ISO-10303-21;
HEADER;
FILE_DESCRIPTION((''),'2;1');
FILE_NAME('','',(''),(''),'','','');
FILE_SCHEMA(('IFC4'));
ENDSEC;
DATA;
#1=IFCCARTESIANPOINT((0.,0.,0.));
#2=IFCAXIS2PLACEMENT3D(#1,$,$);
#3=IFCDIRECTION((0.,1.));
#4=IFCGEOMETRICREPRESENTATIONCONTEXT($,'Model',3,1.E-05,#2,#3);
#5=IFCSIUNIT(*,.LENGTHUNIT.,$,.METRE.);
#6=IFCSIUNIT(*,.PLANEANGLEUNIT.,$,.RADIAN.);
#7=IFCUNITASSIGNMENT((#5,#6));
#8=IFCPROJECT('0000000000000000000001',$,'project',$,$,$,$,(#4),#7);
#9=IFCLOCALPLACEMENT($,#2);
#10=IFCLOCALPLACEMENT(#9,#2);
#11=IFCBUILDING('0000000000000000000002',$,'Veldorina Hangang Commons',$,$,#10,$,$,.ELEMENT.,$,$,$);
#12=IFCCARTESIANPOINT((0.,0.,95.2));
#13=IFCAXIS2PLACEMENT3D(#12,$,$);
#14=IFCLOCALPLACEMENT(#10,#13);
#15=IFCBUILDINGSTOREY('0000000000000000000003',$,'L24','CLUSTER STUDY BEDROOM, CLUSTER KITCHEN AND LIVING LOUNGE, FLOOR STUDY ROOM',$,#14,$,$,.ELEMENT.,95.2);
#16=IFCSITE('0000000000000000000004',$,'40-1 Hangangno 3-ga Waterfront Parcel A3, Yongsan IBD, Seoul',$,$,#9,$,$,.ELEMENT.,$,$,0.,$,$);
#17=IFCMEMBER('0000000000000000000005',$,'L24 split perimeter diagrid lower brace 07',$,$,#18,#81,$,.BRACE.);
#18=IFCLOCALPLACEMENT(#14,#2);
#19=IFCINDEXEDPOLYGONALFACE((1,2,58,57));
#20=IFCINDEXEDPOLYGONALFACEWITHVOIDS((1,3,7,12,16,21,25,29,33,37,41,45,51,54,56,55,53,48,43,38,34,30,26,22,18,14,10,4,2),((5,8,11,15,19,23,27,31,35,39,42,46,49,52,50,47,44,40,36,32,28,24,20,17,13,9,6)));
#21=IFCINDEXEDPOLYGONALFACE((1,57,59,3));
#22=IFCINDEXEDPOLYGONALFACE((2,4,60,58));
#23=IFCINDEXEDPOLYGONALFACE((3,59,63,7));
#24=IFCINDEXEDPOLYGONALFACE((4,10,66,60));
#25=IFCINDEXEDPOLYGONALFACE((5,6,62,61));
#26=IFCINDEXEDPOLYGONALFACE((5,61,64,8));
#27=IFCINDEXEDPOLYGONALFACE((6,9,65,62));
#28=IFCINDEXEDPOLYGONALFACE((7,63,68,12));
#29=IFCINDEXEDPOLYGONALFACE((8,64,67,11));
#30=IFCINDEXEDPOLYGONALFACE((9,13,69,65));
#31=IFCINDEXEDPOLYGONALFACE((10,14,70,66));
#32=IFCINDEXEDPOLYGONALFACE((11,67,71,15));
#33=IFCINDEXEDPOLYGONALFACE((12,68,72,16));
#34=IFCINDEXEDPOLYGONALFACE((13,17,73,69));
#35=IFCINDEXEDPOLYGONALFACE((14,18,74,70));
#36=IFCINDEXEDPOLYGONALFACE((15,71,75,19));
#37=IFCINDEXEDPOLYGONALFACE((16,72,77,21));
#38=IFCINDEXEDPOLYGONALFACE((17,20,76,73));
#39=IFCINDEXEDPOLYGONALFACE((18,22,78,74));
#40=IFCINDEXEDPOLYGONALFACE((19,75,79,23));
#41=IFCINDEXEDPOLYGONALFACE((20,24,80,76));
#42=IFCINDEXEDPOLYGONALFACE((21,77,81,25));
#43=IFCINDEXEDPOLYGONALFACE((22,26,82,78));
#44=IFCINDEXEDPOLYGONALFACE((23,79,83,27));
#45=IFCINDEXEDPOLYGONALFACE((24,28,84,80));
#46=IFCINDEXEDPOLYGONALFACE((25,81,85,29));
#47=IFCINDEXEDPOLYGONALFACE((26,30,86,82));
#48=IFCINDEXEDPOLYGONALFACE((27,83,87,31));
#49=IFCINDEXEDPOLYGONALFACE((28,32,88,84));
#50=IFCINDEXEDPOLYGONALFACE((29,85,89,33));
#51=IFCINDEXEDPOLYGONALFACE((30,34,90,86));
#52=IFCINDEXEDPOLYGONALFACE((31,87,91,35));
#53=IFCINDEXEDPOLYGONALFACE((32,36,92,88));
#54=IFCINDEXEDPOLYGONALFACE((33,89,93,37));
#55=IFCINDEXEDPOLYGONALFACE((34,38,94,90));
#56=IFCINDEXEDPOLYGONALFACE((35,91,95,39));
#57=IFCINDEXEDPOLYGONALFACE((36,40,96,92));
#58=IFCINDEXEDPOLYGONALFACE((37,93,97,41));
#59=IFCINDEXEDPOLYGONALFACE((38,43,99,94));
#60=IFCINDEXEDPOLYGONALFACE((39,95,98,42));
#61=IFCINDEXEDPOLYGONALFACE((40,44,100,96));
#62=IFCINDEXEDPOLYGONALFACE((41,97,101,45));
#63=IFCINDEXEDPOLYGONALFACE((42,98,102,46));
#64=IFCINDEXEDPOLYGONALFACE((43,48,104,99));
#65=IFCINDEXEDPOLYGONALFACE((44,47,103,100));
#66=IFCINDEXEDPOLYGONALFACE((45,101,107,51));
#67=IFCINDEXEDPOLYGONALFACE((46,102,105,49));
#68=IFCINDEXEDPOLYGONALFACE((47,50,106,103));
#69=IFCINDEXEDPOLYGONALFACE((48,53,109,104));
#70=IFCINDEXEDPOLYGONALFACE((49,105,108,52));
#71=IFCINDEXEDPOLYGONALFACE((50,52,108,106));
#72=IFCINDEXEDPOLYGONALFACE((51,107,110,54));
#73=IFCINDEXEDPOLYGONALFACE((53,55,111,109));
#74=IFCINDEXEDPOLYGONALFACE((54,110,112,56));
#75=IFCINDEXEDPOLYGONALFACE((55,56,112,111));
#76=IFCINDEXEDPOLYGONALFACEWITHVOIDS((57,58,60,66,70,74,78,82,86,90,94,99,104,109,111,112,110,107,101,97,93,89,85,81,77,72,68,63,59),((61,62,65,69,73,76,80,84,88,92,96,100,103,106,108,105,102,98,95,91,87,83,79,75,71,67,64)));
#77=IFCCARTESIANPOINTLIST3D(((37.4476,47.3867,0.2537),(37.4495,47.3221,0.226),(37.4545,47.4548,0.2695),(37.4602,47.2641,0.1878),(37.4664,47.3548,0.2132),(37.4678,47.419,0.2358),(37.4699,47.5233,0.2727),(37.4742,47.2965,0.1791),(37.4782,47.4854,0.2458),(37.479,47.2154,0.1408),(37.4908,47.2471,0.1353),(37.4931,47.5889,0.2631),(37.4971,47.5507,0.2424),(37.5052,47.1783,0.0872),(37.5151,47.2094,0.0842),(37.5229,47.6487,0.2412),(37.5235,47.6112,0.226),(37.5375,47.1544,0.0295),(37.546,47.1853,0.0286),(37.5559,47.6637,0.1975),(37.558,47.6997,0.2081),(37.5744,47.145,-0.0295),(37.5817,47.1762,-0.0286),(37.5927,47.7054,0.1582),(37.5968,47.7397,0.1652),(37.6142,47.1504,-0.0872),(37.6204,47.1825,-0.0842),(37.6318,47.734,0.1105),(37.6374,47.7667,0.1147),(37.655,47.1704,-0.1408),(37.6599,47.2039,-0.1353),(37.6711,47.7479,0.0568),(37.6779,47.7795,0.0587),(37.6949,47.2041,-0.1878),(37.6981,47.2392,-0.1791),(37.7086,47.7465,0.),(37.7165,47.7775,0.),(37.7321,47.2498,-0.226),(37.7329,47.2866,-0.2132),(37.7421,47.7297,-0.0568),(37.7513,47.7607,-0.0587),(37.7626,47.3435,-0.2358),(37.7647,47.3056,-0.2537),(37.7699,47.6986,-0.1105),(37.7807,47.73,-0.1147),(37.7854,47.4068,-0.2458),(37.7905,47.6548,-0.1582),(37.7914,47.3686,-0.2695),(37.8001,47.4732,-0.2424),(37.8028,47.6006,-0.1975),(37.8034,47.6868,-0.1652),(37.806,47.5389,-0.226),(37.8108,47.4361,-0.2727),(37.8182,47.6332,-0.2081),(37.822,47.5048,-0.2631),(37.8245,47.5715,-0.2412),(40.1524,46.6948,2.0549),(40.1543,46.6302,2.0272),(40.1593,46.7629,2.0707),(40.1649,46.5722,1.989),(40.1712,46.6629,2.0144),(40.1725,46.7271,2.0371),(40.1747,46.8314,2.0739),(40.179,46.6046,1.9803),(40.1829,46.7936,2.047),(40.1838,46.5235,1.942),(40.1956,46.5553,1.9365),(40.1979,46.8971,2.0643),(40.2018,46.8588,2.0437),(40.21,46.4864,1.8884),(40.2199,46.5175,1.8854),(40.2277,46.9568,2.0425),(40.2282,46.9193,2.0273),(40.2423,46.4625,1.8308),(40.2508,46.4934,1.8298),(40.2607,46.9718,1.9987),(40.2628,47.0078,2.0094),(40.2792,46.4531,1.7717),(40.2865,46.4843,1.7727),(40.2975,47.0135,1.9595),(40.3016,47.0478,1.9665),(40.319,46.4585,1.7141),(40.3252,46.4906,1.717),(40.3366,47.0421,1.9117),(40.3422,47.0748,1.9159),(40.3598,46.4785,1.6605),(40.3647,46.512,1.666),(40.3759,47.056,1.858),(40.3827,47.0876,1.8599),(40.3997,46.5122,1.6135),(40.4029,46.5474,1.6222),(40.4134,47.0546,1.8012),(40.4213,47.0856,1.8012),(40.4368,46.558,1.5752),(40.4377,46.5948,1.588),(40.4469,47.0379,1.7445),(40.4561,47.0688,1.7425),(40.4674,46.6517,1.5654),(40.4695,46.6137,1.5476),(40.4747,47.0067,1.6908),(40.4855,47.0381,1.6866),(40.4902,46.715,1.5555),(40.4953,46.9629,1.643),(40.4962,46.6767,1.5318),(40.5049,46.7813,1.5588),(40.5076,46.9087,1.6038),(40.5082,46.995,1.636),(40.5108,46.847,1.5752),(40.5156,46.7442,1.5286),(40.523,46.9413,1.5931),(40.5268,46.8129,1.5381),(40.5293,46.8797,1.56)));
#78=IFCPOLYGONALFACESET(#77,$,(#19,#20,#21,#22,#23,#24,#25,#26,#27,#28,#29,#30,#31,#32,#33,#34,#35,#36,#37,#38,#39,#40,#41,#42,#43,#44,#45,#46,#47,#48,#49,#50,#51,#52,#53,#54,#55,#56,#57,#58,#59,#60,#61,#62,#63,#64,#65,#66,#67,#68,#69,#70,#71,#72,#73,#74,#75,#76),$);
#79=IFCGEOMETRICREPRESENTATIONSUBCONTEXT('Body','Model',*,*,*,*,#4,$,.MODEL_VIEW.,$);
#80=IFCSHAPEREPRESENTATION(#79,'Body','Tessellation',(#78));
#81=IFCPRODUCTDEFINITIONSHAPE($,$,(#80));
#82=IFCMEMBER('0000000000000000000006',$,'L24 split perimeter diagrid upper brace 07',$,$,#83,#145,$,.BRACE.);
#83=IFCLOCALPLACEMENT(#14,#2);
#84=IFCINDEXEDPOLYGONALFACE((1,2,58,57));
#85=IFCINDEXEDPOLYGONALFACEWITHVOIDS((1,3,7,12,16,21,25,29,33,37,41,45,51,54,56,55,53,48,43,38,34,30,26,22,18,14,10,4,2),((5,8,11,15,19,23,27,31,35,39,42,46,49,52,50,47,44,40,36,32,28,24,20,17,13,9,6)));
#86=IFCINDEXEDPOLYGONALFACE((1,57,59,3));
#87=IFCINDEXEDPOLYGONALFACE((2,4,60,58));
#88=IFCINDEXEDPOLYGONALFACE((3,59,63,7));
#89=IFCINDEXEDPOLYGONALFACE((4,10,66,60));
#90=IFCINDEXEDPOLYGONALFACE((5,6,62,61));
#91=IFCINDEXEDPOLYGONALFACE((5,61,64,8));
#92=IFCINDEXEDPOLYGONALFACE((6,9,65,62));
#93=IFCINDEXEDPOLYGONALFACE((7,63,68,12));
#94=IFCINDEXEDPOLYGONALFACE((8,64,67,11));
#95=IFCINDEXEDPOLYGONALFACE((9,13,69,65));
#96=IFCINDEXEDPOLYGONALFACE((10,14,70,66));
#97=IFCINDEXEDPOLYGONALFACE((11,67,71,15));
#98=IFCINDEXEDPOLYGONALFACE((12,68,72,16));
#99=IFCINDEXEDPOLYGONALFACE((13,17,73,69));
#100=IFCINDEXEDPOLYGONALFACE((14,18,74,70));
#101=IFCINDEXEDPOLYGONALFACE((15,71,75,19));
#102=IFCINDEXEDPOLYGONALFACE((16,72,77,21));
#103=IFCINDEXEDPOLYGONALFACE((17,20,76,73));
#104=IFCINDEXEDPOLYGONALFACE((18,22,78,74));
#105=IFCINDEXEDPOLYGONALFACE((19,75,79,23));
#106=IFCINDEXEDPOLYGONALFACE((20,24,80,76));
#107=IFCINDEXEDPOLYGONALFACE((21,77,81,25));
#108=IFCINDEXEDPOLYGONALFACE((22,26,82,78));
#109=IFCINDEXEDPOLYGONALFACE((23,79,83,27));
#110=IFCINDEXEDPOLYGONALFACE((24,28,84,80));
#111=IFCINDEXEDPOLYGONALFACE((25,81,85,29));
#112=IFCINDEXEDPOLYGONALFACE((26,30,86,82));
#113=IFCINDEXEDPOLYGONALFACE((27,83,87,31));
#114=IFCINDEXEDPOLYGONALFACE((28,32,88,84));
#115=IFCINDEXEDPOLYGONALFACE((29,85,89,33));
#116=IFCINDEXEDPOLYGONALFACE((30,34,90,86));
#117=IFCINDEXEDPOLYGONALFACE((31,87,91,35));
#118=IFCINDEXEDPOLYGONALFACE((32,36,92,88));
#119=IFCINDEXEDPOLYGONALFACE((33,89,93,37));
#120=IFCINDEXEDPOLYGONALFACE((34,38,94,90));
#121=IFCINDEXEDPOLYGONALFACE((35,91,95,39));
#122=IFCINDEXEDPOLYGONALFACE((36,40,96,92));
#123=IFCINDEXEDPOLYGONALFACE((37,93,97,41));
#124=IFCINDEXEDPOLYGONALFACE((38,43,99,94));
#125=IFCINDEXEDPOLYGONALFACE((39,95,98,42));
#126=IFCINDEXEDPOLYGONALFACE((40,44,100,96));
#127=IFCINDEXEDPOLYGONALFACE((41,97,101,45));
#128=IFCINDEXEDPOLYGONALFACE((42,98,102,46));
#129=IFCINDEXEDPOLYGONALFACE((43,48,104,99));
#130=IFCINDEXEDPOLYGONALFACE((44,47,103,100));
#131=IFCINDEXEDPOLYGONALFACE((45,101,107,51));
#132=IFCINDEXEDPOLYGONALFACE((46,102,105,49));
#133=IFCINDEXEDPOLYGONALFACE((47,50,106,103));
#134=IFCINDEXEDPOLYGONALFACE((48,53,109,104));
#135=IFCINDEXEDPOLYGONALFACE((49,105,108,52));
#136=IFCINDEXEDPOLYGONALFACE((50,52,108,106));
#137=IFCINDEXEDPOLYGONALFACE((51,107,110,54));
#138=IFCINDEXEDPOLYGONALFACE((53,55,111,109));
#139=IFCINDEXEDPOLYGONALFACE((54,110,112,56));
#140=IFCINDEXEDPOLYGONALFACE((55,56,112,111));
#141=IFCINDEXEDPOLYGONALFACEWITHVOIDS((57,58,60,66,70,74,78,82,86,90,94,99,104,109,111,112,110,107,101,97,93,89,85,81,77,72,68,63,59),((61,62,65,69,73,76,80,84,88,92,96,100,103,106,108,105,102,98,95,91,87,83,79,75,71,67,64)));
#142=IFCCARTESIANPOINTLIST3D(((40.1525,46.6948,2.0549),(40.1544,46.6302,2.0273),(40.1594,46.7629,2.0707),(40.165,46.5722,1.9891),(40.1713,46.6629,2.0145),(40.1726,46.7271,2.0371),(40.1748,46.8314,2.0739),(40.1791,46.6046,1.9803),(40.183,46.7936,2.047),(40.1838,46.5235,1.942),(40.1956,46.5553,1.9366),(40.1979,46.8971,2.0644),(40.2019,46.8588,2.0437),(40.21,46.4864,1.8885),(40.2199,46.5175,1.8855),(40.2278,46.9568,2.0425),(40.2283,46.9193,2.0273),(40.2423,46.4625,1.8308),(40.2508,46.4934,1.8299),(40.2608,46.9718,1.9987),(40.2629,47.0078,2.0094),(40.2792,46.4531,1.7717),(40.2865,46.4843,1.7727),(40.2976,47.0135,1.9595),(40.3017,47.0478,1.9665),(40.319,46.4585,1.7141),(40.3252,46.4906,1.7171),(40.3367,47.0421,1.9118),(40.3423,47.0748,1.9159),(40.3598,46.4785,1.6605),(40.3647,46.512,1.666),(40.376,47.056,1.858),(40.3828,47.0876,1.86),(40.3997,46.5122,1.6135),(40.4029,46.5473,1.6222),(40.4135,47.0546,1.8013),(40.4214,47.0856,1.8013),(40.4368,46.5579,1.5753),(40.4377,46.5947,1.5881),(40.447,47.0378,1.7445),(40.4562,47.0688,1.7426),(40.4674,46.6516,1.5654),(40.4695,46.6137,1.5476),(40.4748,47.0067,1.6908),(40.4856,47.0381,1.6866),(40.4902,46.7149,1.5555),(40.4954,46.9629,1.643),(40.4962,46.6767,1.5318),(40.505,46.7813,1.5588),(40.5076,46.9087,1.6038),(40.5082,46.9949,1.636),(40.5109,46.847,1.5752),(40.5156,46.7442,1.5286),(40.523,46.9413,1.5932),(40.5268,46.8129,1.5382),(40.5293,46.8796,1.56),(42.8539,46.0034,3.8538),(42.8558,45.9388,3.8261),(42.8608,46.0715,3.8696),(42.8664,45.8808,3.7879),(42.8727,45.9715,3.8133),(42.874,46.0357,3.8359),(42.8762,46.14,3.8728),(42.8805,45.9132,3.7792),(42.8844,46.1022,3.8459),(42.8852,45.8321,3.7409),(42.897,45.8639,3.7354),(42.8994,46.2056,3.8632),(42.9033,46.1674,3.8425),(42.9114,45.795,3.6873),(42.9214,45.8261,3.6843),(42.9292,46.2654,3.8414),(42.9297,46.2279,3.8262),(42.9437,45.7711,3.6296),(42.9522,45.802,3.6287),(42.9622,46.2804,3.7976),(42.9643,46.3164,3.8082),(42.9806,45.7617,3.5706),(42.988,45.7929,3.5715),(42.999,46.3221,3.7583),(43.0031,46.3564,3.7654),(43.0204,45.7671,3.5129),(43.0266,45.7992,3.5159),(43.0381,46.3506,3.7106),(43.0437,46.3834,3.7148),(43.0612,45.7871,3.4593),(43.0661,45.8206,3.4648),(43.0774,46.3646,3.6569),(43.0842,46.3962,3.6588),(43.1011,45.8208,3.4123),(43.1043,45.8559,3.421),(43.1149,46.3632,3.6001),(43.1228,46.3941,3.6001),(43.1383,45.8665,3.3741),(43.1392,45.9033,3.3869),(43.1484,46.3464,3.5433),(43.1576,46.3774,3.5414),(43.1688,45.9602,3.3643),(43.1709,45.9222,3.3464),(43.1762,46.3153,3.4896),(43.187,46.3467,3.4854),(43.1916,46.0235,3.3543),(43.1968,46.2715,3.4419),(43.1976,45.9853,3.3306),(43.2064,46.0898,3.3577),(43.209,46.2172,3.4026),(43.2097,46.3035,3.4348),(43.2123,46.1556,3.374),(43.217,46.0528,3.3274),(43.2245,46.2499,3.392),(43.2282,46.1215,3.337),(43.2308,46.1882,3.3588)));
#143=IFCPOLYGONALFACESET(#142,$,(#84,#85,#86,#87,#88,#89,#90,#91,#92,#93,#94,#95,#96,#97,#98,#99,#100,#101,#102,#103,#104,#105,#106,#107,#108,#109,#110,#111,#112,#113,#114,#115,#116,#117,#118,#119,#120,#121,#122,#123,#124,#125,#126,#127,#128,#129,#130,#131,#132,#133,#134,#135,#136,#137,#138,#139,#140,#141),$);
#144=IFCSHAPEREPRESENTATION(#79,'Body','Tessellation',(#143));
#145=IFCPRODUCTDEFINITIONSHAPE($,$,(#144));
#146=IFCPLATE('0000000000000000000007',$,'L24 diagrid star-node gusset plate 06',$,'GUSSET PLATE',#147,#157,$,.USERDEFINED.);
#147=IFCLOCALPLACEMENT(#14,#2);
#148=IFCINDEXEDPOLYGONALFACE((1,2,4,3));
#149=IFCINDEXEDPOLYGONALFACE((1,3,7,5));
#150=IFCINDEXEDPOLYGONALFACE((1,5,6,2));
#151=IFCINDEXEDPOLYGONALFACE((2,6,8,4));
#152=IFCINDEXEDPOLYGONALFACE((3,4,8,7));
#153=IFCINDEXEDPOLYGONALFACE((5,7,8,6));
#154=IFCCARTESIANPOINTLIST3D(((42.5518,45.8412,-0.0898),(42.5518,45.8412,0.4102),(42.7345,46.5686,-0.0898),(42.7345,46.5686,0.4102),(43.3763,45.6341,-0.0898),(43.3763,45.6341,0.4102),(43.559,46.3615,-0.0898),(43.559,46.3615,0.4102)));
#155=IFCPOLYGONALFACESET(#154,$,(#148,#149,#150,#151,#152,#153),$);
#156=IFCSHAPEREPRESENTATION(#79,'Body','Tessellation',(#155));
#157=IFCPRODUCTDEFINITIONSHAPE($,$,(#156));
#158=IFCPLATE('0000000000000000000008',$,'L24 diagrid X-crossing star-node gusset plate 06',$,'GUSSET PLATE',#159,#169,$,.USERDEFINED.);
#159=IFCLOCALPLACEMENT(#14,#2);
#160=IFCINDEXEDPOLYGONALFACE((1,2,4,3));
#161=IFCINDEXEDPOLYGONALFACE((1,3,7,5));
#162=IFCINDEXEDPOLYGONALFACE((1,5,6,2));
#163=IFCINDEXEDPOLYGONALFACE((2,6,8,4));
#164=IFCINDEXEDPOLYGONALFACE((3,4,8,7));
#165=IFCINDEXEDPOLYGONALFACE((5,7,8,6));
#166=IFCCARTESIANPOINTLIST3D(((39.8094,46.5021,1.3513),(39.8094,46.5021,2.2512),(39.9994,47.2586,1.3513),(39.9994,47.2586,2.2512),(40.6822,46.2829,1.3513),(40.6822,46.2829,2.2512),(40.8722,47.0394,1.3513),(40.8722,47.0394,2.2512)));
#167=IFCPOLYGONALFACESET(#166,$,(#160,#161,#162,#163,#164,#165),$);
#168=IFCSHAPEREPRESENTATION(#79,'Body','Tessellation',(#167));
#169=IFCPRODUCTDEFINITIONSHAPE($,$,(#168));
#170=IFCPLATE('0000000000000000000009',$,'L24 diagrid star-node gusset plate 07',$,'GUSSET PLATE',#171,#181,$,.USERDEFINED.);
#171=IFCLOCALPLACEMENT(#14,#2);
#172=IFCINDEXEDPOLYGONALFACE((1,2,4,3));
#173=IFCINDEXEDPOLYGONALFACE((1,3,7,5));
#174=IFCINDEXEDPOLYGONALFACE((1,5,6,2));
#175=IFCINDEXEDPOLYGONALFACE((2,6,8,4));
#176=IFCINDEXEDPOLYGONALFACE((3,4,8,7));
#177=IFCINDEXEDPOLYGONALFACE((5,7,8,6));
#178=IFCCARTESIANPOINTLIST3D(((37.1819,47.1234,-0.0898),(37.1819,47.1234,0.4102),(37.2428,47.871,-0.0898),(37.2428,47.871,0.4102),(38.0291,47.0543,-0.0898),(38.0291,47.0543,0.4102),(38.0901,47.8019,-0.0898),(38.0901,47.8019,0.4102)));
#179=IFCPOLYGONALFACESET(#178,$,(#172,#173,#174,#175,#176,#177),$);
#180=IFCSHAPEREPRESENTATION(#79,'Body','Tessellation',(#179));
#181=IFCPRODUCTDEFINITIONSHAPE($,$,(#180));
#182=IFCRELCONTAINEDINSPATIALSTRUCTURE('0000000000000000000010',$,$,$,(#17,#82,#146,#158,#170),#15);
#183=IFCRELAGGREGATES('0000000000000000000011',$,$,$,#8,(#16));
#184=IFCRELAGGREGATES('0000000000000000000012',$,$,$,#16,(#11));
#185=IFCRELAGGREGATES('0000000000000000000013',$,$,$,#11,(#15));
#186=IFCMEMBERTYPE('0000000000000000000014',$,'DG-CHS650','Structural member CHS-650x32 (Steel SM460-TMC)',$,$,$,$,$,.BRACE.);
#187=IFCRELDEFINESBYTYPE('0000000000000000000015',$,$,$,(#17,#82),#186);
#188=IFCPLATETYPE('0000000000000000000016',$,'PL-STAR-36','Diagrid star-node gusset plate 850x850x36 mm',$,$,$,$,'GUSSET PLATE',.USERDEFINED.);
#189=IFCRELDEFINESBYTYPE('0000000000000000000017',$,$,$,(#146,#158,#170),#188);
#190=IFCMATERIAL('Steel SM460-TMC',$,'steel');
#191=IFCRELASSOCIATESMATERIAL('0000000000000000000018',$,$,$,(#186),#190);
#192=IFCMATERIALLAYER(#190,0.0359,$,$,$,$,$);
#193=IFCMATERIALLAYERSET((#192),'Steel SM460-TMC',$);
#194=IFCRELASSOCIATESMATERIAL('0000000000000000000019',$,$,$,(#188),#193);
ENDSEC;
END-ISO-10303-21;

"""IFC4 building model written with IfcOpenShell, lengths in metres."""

from ifc_helpers import new_model, si_unit, direction, frame, origin, origin_2d, place, context, subcontext, project, spatial, rectangle, hollow_circle, extrude, material, layer, layer_set, material_profile, profile_set, type_object, element, save


model = new_model("IFC4")

# Units and contexts
model_context = context("Model", 3, precision=1e-05, world=origin(), true_north=direction((0.0, 1.0)))
body_context = subcontext(model_context, "Body", "Model", "MODEL_VIEW")
ifc_project = project(units=[si_unit("LENGTHUNIT", "METRE"), si_unit("PLANEANGLEUNIT", "RADIAN")], contexts=[model_context])

# Site, building, storey
site_placement = place(None, origin())
site = spatial("IfcSite", under=ifc_project, at=site_placement, Name="40-1 Hangangno 3-ga Waterfront Parcel A3, Yongsan IBD, Seoul", CompositionType="ELEMENT", RefElevation=0.0)
building_placement = place(site_placement, origin())
building = spatial("IfcBuilding", under=site, at=building_placement, Name="Veldorina Hangang Commons", CompositionType="ELEMENT")
storey_placement = place(building_placement, frame((0.0, 0.0, 95.2)))
storey = spatial("IfcBuildingStorey", under=building, at=storey_placement, Name="L24", Description="CLUSTER STUDY BEDROOM, CLUSTER KITCHEN AND LIVING LOUNGE, FLOOR STUDY ROOM", CompositionType="ELEMENT", Elevation=95.2)

# Members
ifc_material_1 = material(Name="Steel SM460-TMC", Category="steel")
ifc_material_profile_1 = material_profile(ifc_material_1, hollow_circle(Radius=0.325, WallThickness=0.032, at=origin_2d()), Name="CHS-650x32")
ifc_profile_set_1 = profile_set([ifc_material_profile_1], Name="Steel SM460-TMC")
member_type = type_object("IfcMemberType", Name="DG-CHS650", Description="Structural member CHS-650x32 (Steel SM460-TMC)", PredefinedType="BRACE", material=ifc_profile_set_1)
member_1_placement = place(storey_placement, frame((37.636, 47.4626, 0.0), z_axis=(0.814081, -0.208241, 0.542133), x_axis=(0.24782, 0.968806, 0.0)))
element("IfcMember", 1, at=member_1_placement, inside=storey, type_object=member_type, Name="L24 split perimeter diagrid lower brace 07", PredefinedType="BRACE", context=body_context, shape_type="SweptSolid", body=[
    extrude(hollow_circle(Radius=0.325, WallThickness=0.032, at=origin_2d()), origin(), (0.0, 0.0, 1.0), 3.3225),
])
member_2_placement = place(storey_placement, frame((40.3408, 46.7708, 1.8013), z_axis=(0.814083, -0.208358, 0.542084), x_axis=(0.24795, 0.968773, 0.0)))
element("IfcMember", 2, at=member_2_placement, inside=storey, type_object=member_type, Name="L24 split perimeter diagrid upper brace 07", PredefinedType="BRACE", context=body_context, shape_type="SweptSolid", body=[
    extrude(hollow_circle(Radius=0.325, WallThickness=0.032, at=origin_2d()), origin(), (0.0, 0.0, 1.0), 3.3184),
])

# Plates
ifc_layer_1 = layer(ifc_material_1, 0.0359)
ifc_layer_set_1 = layer_set([ifc_layer_1], Name="Steel SM460-TMC")
plate_type = type_object("IfcPlateType", Name="PL-STAR-36", Description="Diagrid star-node gusset plate 850x850x36 mm", ElementType="GUSSET PLATE", PredefinedType="USERDEFINED", material=ifc_layer_set_1)
plate_1_placement = place(storey_placement, frame((43.0554, 46.1013, -0.0898), z_axis=(0.0, 0.0, 1.0), x_axis=(-0.969872, 0.243615, 0.0)))
element("IfcPlate", 3, at=plate_1_placement, inside=storey, type_object=plate_type, Name="L24 diagrid star-node gusset plate 06", ObjectType="GUSSET PLATE", PredefinedType="USERDEFINED", context=body_context, shape_type="SweptSolid", body=[
    extrude(rectangle(XDim=0.8501, YDim=0.75, at=origin_2d()), origin(), (0.0, 0.0, 1.0), 0.5),
])
plate_2_placement = place(storey_placement, frame((40.3408, 46.7708, 1.3513), z_axis=(0.0, 0.0, 1.0), x_axis=(-0.969872, 0.243615, 0.0)))
element("IfcPlate", 4, at=plate_2_placement, inside=storey, type_object=plate_type, Name="L24 diagrid X-crossing star-node gusset plate 06", ObjectType="GUSSET PLATE", PredefinedType="USERDEFINED", context=body_context, shape_type="SweptSolid", body=[
    extrude(rectangle(XDim=0.8999, YDim=0.78, at=origin_2d()), origin(), (0.0, 0.0, 1.0), 0.8999),
])
plate_3_placement = place(storey_placement, frame((37.636, 47.4626, -0.0898), z_axis=(0.0, 0.0, 1.0), x_axis=(-0.99669, 0.081295, 0.0)))
element("IfcPlate", 5, at=plate_3_placement, inside=storey, type_object=plate_type, Name="L24 diagrid star-node gusset plate 07", ObjectType="GUSSET PLATE", PredefinedType="USERDEFINED", context=body_context, shape_type="SweptSolid", body=[
    extrude(rectangle(XDim=0.8501, YDim=0.75, at=origin_2d()), origin(), (0.0, 0.0, 1.0), 0.5),
])

save(model, "model.ifc")
